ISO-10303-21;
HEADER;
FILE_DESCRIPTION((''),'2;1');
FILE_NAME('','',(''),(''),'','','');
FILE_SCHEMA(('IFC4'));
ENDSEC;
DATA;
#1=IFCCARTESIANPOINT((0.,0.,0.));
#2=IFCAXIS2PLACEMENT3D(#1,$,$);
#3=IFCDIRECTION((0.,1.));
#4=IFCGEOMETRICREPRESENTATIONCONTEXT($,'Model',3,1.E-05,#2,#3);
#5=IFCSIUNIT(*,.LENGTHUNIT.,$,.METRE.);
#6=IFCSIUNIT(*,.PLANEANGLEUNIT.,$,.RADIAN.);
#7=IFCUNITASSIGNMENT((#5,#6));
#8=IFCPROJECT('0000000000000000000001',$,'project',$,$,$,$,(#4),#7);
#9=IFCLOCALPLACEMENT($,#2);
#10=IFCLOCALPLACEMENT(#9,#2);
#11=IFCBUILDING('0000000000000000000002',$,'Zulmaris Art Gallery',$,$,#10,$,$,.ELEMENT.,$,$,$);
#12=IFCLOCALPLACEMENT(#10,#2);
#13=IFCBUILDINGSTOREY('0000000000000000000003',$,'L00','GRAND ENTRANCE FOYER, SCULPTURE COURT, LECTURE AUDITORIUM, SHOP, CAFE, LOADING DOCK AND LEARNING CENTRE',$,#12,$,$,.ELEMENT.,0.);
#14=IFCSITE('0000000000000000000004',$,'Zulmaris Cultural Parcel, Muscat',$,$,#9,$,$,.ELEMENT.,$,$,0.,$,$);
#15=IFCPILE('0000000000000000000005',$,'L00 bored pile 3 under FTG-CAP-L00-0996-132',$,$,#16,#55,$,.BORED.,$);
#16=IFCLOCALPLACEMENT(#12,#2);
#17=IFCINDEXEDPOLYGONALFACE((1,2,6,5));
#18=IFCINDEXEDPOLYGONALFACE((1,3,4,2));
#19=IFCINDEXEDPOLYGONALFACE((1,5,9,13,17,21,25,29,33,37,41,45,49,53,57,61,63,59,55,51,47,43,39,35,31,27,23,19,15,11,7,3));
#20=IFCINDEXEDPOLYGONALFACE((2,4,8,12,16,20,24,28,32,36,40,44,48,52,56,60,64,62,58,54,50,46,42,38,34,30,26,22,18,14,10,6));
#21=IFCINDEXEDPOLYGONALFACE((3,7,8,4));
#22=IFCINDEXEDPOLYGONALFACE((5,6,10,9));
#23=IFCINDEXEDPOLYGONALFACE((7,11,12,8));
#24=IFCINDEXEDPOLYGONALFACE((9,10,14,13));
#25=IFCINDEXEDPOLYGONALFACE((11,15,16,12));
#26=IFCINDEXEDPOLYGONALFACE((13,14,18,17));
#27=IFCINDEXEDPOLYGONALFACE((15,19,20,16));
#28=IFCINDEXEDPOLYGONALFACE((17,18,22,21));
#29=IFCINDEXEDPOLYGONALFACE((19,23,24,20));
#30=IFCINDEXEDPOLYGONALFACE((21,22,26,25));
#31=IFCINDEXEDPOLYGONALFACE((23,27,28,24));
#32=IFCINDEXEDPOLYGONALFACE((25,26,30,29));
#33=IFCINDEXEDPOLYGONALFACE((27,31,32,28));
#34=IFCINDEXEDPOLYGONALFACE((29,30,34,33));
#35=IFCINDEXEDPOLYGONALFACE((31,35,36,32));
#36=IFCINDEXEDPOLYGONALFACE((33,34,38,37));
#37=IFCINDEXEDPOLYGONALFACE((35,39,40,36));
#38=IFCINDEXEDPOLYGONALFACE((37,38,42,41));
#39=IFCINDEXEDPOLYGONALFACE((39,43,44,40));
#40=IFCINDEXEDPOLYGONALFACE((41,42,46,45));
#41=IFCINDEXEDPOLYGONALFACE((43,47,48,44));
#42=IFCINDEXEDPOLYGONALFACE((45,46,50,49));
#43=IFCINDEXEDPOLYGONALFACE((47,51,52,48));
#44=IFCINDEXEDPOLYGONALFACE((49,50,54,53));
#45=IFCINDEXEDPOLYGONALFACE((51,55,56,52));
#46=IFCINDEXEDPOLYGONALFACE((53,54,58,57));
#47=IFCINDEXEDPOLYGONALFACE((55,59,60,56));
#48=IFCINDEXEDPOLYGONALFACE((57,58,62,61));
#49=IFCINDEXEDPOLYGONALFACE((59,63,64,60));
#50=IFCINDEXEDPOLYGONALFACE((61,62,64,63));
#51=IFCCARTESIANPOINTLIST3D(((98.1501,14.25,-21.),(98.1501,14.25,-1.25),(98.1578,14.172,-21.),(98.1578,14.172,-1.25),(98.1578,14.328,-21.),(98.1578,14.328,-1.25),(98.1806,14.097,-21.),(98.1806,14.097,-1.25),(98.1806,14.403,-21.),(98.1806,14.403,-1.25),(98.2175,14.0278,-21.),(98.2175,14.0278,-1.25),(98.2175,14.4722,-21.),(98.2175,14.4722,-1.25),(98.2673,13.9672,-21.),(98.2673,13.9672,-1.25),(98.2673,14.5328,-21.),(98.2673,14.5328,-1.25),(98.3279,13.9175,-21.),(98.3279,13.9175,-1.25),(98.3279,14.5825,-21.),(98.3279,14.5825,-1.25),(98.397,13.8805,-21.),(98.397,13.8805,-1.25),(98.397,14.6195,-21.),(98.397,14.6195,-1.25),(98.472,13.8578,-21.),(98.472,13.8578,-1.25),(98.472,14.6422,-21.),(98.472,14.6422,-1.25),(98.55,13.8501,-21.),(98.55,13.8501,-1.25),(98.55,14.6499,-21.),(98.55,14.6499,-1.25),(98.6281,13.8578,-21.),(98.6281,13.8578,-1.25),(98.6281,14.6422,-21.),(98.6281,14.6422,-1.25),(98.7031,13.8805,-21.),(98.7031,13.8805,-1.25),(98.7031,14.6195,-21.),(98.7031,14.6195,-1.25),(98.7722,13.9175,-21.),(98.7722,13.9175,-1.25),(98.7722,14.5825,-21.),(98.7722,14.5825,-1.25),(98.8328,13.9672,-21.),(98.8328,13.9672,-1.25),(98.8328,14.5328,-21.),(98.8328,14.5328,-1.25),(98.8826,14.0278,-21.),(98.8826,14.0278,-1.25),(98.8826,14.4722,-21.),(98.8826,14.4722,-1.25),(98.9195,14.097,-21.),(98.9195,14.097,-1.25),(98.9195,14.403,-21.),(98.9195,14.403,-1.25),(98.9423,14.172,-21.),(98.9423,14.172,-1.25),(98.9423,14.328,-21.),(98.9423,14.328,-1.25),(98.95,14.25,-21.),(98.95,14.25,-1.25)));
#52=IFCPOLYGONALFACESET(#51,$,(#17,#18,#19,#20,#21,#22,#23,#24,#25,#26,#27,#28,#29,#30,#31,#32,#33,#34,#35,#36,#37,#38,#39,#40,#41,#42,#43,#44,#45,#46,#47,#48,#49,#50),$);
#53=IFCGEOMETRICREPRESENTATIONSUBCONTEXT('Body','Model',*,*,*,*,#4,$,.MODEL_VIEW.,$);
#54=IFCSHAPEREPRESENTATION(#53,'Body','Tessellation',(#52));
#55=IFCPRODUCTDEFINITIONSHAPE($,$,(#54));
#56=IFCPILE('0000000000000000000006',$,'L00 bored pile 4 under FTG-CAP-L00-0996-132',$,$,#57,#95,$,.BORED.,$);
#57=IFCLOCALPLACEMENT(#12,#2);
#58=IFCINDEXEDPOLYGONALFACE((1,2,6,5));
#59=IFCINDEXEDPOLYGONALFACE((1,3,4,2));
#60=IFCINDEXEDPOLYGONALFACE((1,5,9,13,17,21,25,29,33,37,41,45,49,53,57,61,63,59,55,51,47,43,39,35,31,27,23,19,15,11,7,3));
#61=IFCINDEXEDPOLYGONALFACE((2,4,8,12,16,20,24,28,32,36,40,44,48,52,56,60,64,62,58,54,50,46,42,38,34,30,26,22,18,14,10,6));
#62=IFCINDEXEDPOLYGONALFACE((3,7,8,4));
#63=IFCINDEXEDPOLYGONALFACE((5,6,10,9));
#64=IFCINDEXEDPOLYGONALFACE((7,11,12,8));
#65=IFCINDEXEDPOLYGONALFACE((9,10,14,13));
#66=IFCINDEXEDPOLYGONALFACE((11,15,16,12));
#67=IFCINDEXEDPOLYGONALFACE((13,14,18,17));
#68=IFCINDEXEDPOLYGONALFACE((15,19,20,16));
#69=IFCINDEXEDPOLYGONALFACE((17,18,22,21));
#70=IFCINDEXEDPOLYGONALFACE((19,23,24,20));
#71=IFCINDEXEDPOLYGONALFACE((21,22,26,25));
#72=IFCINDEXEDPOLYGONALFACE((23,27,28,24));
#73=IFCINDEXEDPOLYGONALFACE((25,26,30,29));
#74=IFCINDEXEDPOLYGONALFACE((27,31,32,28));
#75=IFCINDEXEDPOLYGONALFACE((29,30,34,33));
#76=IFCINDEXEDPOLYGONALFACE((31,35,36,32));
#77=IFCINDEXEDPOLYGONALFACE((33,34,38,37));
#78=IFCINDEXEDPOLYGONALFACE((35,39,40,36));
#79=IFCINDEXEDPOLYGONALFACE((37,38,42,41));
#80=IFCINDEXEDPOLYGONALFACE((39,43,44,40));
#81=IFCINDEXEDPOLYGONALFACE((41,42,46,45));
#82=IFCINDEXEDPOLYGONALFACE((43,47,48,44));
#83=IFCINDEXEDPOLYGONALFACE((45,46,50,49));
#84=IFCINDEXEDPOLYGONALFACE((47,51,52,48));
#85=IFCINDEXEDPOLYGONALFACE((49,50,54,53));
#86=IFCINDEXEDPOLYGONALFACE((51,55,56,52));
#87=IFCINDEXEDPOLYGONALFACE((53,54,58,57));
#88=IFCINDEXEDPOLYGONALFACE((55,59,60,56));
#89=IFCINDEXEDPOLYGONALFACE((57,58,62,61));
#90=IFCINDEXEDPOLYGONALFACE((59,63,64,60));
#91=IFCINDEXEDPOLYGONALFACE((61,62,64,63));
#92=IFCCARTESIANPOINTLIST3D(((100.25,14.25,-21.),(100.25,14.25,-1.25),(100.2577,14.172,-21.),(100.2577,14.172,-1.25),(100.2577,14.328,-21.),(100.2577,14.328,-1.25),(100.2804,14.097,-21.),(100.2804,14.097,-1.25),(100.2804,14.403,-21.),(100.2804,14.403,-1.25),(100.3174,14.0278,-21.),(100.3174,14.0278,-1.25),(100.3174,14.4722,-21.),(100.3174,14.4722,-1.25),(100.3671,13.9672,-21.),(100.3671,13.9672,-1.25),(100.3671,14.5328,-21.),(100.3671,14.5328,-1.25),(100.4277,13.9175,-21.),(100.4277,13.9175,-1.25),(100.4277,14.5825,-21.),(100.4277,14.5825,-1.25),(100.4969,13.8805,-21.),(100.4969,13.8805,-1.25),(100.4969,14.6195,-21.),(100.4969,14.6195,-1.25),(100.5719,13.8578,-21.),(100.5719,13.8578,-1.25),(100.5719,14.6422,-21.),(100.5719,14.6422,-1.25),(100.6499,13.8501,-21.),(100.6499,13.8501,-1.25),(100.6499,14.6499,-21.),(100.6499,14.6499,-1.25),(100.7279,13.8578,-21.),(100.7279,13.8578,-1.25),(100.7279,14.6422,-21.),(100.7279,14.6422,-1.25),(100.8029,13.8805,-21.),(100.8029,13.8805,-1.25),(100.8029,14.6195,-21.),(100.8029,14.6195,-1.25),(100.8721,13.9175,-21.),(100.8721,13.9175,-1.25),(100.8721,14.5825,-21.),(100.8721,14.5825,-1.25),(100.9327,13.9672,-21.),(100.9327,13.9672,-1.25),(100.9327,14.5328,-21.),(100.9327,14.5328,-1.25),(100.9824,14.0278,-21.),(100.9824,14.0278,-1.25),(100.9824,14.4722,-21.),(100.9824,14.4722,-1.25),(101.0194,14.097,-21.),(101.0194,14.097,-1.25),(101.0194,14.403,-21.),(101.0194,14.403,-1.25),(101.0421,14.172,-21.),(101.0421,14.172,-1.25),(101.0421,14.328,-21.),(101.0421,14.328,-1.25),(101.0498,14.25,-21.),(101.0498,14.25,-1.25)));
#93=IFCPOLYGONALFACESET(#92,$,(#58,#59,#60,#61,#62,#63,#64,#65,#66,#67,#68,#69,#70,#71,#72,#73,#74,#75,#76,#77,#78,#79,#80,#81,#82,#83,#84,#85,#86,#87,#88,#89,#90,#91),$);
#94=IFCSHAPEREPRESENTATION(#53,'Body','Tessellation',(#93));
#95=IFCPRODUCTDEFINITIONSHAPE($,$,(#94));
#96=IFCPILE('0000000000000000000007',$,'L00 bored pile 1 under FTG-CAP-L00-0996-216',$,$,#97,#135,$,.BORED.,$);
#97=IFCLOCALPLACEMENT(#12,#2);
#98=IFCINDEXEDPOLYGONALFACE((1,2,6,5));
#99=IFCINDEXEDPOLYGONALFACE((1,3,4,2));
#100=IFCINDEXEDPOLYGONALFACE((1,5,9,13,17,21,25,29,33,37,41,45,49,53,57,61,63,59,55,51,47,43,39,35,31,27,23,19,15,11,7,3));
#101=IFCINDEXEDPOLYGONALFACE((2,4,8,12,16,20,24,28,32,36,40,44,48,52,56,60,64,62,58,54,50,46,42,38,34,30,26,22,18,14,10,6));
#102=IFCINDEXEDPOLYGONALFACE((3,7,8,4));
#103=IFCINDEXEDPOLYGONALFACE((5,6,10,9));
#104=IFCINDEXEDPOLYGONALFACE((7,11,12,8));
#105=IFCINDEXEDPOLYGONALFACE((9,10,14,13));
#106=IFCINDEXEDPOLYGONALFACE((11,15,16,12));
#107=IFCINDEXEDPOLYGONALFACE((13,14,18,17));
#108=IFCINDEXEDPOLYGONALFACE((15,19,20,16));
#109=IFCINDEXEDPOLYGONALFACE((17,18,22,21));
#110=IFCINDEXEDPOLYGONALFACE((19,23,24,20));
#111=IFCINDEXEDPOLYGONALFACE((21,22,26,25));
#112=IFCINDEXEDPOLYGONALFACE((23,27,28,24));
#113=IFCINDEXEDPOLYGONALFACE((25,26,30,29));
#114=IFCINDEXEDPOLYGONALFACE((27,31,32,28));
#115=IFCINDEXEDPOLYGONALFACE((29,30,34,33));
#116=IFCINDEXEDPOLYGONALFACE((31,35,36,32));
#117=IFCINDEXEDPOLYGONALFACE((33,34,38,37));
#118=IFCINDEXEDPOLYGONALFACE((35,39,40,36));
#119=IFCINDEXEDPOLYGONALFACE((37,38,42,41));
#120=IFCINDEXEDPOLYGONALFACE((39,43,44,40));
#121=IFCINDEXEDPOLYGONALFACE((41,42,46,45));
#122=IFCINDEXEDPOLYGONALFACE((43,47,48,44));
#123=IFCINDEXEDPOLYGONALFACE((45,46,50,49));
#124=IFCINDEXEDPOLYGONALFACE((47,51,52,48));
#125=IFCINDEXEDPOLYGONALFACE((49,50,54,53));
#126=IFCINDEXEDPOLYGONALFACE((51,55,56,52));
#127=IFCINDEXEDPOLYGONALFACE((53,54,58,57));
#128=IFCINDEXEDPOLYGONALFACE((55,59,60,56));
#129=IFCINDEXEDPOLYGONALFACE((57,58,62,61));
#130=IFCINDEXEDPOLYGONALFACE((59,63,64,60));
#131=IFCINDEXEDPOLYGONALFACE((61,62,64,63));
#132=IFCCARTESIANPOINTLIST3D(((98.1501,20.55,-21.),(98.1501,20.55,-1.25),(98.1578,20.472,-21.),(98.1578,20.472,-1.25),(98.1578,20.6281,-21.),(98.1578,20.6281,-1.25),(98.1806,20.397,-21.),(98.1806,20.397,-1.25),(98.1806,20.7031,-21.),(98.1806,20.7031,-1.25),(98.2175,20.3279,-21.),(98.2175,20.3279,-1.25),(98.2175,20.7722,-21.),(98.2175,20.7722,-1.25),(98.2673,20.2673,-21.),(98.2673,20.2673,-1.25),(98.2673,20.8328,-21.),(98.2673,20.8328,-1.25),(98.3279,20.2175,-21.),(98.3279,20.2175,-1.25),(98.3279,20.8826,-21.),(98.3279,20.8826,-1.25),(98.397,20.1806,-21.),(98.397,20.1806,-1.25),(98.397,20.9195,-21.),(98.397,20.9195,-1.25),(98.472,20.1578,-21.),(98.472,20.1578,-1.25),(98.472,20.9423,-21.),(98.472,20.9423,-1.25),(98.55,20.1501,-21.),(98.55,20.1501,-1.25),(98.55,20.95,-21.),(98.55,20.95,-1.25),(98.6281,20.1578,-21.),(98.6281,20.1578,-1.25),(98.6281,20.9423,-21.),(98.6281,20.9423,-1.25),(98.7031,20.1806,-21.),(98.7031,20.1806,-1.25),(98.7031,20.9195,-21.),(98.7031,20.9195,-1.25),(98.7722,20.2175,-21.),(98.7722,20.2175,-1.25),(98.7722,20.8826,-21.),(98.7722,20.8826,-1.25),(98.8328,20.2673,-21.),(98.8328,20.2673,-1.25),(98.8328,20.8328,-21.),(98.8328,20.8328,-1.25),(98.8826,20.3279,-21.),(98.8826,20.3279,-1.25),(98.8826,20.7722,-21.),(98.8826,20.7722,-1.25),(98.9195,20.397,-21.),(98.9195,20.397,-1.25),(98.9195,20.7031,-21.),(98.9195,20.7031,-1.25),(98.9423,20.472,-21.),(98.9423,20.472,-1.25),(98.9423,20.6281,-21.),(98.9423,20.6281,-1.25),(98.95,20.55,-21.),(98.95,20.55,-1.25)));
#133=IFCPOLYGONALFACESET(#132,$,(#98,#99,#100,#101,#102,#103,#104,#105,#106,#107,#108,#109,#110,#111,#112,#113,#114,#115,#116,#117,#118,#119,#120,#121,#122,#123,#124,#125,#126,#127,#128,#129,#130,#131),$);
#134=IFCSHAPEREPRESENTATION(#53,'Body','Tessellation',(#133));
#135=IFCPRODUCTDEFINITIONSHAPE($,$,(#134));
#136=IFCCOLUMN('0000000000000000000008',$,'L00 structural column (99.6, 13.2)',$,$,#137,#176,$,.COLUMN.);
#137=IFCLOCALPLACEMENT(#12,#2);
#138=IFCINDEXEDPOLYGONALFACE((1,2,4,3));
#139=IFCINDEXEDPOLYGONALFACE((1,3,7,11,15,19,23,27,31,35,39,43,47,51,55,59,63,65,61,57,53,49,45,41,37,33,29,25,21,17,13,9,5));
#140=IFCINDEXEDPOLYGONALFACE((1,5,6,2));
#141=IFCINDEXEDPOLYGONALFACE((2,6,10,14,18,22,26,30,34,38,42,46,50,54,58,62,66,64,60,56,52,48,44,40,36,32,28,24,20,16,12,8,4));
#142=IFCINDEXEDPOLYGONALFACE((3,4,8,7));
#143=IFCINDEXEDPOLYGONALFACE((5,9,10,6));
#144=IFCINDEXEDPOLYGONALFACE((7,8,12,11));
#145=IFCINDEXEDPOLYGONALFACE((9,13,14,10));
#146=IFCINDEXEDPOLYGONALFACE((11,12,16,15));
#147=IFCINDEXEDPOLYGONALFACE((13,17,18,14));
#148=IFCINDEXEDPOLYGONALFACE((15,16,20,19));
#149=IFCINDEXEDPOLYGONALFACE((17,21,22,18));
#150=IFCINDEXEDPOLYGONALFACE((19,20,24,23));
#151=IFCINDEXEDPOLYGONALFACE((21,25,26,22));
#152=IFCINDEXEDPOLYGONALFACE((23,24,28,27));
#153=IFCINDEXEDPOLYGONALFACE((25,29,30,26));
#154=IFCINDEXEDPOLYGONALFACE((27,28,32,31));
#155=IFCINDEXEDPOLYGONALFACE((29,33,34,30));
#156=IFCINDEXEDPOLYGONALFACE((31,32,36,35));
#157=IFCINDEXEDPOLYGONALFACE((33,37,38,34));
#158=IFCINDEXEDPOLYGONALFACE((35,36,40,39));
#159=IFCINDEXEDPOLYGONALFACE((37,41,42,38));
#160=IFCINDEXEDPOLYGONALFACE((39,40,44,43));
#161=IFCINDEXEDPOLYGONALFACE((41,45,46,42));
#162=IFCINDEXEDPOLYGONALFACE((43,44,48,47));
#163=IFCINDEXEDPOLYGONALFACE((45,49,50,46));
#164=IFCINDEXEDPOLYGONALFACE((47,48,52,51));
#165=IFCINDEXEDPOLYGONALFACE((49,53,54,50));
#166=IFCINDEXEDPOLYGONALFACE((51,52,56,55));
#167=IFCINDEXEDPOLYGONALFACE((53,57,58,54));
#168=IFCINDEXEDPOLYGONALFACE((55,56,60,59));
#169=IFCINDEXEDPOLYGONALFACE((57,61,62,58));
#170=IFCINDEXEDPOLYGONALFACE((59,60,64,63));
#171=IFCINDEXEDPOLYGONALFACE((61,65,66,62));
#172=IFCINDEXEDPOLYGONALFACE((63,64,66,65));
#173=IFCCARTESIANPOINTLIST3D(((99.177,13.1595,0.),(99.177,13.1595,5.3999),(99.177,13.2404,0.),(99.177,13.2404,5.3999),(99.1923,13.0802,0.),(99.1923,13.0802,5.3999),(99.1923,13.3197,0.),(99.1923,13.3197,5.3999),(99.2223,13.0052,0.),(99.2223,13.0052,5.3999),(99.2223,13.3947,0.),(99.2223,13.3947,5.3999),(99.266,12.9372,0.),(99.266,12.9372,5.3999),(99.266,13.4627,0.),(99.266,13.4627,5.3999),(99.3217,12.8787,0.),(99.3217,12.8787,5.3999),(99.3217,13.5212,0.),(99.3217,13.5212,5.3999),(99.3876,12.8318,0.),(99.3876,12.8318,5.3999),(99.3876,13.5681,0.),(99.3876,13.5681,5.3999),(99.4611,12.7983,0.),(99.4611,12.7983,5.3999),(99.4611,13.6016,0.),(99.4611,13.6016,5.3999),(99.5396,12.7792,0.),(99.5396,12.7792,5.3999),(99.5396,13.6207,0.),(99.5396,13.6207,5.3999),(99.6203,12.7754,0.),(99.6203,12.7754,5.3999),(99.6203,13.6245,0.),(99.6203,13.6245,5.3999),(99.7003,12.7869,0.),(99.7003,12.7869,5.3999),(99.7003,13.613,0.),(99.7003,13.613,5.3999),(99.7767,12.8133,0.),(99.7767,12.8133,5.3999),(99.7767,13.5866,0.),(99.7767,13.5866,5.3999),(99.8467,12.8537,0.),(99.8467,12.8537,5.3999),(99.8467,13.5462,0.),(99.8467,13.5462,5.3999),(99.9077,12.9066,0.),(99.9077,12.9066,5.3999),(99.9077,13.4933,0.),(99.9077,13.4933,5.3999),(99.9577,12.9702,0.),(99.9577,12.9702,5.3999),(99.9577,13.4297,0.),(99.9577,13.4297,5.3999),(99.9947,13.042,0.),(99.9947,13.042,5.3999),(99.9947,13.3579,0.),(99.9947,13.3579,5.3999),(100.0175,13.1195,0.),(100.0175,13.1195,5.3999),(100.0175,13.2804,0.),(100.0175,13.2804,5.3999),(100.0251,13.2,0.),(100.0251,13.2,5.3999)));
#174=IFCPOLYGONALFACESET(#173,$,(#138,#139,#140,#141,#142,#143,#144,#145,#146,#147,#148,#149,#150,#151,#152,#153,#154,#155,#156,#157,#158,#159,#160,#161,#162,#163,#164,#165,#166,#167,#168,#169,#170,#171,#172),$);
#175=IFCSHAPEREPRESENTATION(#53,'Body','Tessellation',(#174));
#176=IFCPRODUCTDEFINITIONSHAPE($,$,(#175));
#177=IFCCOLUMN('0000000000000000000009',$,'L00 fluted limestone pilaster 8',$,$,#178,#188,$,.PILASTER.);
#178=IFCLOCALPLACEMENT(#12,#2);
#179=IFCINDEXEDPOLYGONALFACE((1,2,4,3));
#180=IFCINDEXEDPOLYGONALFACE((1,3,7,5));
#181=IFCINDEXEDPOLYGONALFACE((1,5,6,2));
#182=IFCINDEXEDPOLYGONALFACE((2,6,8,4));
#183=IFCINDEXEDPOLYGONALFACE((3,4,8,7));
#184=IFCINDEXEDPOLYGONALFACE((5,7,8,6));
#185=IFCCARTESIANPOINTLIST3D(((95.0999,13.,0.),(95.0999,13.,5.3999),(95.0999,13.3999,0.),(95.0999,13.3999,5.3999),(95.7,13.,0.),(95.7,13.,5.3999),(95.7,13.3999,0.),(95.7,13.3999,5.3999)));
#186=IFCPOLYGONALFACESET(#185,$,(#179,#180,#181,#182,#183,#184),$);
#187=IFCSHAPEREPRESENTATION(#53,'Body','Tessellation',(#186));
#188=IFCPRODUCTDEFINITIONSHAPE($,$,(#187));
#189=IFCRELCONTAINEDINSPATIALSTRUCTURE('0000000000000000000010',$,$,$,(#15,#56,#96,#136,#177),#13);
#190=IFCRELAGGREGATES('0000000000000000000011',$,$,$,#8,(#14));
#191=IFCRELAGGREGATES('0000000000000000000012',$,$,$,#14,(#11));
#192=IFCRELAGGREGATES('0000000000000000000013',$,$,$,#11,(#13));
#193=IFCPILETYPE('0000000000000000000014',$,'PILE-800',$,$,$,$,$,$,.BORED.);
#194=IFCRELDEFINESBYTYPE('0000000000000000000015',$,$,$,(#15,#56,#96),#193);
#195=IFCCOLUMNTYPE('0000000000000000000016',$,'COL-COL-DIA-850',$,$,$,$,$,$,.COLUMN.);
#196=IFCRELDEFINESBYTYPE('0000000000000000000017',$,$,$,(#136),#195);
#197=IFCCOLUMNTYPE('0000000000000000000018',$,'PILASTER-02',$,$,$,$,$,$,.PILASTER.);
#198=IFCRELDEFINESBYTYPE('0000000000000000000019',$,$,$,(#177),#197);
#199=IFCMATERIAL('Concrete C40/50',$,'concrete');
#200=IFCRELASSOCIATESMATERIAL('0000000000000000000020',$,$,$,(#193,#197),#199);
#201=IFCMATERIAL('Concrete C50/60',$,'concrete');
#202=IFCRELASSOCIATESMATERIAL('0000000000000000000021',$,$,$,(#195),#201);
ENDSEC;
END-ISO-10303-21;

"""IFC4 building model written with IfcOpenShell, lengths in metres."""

from ifc_helpers import new_model, si_unit, direction, frame, origin, origin_2d, place, context, subcontext, project, spatial, rectangle, circle, extrude, material, material_profile, profile_set, type_object, element, save


model = new_model("IFC4")

# Units and contexts
model_context = context("Model", 3, precision=1e-05, world=origin(), true_north=direction((0.0, 1.0)))
body_context = subcontext(model_context, "Body", "Model", "MODEL_VIEW")
ifc_project = project(units=[si_unit("LENGTHUNIT", "METRE"), si_unit("PLANEANGLEUNIT", "RADIAN")], contexts=[model_context])

# Site, building, storey
site_placement = place(None, origin())
site = spatial("IfcSite", under=ifc_project, at=site_placement, Name="Zulmaris Cultural Parcel, Muscat", CompositionType="ELEMENT", RefElevation=0.0)
building_placement = place(site_placement, origin())
building = spatial("IfcBuilding", under=site, at=building_placement, Name="Zulmaris Art Gallery", CompositionType="ELEMENT")
storey_placement = place(building_placement, origin())
storey = spatial("IfcBuildingStorey", under=building, at=storey_placement, Name="L00", Description="GRAND ENTRANCE FOYER, SCULPTURE COURT, LECTURE AUDITORIUM, SHOP, CAFE, LOADING DOCK AND LEARNING CENTRE", CompositionType="ELEMENT", Elevation=0.0)

# Piles
ifc_material_1 = material(Name="Concrete C40/50", Category="concrete")
ifc_material_profile_1 = material_profile(ifc_material_1, circle(Radius=0.3999, at=origin_2d()), Name="PILE DIA 800")
ifc_profile_set_1 = profile_set([ifc_material_profile_1], Name="Concrete C40/50")
pile_type = type_object("IfcPileType", Name="PILE-800", PredefinedType="BORED", material=ifc_profile_set_1)
for number, where, z_axis, x_axis, name in (
    (1, (98.55, 14.25, -1.25), (0.0, 0.0, -1.0), (1.0, 0.0, 0.0), "L00 bored pile 3 under FTG-CAP-L00-0996-132"),
    (2, (100.6499, 14.25, -1.25), (0.0, 0.0, -1.0), (1.0, 0.0, 0.0), "L00 bored pile 4 under FTG-CAP-L00-0996-132"),
    (3, (98.55, 20.55, -1.25), (0.0, 0.0, -1.0), (1.0, 0.0, 0.0), "L00 bored pile 1 under FTG-CAP-L00-0996-216"),
):
    element("IfcPile", number, at=place(storey_placement, frame(where, z_axis=z_axis, x_axis=x_axis)), inside=storey, type_object=pile_type, Name=name, PredefinedType="BORED", context=body_context, shape_type="SweptSolid", body=[
        extrude(circle(Radius=0.3999, at=origin_2d()), origin(), (0.0, 0.0, 1.0), 19.75),
    ])

# Columns
ifc_material_2 = material(Name="Concrete C50/60", Category="concrete")
ifc_material_profile_2 = material_profile(ifc_material_2, circle(Radius=0.425, at=origin_2d()), Name="COL DIA 850")
ifc_profile_set_2 = profile_set([ifc_material_profile_2], Name="Concrete C50/60")
column_type_1 = type_object("IfcColumnType", Name="COL-COL-DIA-850", PredefinedType="COLUMN", material=ifc_profile_set_2)
column_1_placement = place(storey_placement, frame((99.6001, 13.2, 0.0), z_axis=(0.0, 0.0, 1.0), x_axis=(1.0, 0.0, 0.0)))
element("IfcColumn", 4, at=column_1_placement, inside=storey, type_object=column_type_1, Name="L00 structural column (99.6, 13.2)", PredefinedType="COLUMN", context=body_context, shape_type="SweptSolid", body=[
    extrude(circle(Radius=0.425, at=origin_2d()), origin(), (0.0, 0.0, 1.0), 5.3999),
])
ifc_material_profile_3 = material_profile(ifc_material_1, rectangle(XDim=0.6001, YDim=0.3999, at=origin_2d()), Name="PIL 600x400")
ifc_profile_set_3 = profile_set([ifc_material_profile_3], Name="Concrete C40/50")
column_type_2 = type_object("IfcColumnType", Name="PILASTER-02", PredefinedType="PILASTER", material=ifc_profile_set_3)
column_2_placement = place(storey_placement, frame((95.3999, 13.2, 0.0), z_axis=(0.0, 0.0, 1.0), x_axis=(1.0, 0.0, 0.0)))
element("IfcColumn", 5, at=column_2_placement, inside=storey, type_object=column_type_2, Name="L00 fluted limestone pilaster 8", PredefinedType="PILASTER", context=body_context, shape_type="SweptSolid", body=[
    extrude(rectangle(XDim=0.6001, YDim=0.3999, at=origin_2d()), origin(), (0.0, 0.0, 1.0), 5.3999),
])

save(model, "model.ifc")
